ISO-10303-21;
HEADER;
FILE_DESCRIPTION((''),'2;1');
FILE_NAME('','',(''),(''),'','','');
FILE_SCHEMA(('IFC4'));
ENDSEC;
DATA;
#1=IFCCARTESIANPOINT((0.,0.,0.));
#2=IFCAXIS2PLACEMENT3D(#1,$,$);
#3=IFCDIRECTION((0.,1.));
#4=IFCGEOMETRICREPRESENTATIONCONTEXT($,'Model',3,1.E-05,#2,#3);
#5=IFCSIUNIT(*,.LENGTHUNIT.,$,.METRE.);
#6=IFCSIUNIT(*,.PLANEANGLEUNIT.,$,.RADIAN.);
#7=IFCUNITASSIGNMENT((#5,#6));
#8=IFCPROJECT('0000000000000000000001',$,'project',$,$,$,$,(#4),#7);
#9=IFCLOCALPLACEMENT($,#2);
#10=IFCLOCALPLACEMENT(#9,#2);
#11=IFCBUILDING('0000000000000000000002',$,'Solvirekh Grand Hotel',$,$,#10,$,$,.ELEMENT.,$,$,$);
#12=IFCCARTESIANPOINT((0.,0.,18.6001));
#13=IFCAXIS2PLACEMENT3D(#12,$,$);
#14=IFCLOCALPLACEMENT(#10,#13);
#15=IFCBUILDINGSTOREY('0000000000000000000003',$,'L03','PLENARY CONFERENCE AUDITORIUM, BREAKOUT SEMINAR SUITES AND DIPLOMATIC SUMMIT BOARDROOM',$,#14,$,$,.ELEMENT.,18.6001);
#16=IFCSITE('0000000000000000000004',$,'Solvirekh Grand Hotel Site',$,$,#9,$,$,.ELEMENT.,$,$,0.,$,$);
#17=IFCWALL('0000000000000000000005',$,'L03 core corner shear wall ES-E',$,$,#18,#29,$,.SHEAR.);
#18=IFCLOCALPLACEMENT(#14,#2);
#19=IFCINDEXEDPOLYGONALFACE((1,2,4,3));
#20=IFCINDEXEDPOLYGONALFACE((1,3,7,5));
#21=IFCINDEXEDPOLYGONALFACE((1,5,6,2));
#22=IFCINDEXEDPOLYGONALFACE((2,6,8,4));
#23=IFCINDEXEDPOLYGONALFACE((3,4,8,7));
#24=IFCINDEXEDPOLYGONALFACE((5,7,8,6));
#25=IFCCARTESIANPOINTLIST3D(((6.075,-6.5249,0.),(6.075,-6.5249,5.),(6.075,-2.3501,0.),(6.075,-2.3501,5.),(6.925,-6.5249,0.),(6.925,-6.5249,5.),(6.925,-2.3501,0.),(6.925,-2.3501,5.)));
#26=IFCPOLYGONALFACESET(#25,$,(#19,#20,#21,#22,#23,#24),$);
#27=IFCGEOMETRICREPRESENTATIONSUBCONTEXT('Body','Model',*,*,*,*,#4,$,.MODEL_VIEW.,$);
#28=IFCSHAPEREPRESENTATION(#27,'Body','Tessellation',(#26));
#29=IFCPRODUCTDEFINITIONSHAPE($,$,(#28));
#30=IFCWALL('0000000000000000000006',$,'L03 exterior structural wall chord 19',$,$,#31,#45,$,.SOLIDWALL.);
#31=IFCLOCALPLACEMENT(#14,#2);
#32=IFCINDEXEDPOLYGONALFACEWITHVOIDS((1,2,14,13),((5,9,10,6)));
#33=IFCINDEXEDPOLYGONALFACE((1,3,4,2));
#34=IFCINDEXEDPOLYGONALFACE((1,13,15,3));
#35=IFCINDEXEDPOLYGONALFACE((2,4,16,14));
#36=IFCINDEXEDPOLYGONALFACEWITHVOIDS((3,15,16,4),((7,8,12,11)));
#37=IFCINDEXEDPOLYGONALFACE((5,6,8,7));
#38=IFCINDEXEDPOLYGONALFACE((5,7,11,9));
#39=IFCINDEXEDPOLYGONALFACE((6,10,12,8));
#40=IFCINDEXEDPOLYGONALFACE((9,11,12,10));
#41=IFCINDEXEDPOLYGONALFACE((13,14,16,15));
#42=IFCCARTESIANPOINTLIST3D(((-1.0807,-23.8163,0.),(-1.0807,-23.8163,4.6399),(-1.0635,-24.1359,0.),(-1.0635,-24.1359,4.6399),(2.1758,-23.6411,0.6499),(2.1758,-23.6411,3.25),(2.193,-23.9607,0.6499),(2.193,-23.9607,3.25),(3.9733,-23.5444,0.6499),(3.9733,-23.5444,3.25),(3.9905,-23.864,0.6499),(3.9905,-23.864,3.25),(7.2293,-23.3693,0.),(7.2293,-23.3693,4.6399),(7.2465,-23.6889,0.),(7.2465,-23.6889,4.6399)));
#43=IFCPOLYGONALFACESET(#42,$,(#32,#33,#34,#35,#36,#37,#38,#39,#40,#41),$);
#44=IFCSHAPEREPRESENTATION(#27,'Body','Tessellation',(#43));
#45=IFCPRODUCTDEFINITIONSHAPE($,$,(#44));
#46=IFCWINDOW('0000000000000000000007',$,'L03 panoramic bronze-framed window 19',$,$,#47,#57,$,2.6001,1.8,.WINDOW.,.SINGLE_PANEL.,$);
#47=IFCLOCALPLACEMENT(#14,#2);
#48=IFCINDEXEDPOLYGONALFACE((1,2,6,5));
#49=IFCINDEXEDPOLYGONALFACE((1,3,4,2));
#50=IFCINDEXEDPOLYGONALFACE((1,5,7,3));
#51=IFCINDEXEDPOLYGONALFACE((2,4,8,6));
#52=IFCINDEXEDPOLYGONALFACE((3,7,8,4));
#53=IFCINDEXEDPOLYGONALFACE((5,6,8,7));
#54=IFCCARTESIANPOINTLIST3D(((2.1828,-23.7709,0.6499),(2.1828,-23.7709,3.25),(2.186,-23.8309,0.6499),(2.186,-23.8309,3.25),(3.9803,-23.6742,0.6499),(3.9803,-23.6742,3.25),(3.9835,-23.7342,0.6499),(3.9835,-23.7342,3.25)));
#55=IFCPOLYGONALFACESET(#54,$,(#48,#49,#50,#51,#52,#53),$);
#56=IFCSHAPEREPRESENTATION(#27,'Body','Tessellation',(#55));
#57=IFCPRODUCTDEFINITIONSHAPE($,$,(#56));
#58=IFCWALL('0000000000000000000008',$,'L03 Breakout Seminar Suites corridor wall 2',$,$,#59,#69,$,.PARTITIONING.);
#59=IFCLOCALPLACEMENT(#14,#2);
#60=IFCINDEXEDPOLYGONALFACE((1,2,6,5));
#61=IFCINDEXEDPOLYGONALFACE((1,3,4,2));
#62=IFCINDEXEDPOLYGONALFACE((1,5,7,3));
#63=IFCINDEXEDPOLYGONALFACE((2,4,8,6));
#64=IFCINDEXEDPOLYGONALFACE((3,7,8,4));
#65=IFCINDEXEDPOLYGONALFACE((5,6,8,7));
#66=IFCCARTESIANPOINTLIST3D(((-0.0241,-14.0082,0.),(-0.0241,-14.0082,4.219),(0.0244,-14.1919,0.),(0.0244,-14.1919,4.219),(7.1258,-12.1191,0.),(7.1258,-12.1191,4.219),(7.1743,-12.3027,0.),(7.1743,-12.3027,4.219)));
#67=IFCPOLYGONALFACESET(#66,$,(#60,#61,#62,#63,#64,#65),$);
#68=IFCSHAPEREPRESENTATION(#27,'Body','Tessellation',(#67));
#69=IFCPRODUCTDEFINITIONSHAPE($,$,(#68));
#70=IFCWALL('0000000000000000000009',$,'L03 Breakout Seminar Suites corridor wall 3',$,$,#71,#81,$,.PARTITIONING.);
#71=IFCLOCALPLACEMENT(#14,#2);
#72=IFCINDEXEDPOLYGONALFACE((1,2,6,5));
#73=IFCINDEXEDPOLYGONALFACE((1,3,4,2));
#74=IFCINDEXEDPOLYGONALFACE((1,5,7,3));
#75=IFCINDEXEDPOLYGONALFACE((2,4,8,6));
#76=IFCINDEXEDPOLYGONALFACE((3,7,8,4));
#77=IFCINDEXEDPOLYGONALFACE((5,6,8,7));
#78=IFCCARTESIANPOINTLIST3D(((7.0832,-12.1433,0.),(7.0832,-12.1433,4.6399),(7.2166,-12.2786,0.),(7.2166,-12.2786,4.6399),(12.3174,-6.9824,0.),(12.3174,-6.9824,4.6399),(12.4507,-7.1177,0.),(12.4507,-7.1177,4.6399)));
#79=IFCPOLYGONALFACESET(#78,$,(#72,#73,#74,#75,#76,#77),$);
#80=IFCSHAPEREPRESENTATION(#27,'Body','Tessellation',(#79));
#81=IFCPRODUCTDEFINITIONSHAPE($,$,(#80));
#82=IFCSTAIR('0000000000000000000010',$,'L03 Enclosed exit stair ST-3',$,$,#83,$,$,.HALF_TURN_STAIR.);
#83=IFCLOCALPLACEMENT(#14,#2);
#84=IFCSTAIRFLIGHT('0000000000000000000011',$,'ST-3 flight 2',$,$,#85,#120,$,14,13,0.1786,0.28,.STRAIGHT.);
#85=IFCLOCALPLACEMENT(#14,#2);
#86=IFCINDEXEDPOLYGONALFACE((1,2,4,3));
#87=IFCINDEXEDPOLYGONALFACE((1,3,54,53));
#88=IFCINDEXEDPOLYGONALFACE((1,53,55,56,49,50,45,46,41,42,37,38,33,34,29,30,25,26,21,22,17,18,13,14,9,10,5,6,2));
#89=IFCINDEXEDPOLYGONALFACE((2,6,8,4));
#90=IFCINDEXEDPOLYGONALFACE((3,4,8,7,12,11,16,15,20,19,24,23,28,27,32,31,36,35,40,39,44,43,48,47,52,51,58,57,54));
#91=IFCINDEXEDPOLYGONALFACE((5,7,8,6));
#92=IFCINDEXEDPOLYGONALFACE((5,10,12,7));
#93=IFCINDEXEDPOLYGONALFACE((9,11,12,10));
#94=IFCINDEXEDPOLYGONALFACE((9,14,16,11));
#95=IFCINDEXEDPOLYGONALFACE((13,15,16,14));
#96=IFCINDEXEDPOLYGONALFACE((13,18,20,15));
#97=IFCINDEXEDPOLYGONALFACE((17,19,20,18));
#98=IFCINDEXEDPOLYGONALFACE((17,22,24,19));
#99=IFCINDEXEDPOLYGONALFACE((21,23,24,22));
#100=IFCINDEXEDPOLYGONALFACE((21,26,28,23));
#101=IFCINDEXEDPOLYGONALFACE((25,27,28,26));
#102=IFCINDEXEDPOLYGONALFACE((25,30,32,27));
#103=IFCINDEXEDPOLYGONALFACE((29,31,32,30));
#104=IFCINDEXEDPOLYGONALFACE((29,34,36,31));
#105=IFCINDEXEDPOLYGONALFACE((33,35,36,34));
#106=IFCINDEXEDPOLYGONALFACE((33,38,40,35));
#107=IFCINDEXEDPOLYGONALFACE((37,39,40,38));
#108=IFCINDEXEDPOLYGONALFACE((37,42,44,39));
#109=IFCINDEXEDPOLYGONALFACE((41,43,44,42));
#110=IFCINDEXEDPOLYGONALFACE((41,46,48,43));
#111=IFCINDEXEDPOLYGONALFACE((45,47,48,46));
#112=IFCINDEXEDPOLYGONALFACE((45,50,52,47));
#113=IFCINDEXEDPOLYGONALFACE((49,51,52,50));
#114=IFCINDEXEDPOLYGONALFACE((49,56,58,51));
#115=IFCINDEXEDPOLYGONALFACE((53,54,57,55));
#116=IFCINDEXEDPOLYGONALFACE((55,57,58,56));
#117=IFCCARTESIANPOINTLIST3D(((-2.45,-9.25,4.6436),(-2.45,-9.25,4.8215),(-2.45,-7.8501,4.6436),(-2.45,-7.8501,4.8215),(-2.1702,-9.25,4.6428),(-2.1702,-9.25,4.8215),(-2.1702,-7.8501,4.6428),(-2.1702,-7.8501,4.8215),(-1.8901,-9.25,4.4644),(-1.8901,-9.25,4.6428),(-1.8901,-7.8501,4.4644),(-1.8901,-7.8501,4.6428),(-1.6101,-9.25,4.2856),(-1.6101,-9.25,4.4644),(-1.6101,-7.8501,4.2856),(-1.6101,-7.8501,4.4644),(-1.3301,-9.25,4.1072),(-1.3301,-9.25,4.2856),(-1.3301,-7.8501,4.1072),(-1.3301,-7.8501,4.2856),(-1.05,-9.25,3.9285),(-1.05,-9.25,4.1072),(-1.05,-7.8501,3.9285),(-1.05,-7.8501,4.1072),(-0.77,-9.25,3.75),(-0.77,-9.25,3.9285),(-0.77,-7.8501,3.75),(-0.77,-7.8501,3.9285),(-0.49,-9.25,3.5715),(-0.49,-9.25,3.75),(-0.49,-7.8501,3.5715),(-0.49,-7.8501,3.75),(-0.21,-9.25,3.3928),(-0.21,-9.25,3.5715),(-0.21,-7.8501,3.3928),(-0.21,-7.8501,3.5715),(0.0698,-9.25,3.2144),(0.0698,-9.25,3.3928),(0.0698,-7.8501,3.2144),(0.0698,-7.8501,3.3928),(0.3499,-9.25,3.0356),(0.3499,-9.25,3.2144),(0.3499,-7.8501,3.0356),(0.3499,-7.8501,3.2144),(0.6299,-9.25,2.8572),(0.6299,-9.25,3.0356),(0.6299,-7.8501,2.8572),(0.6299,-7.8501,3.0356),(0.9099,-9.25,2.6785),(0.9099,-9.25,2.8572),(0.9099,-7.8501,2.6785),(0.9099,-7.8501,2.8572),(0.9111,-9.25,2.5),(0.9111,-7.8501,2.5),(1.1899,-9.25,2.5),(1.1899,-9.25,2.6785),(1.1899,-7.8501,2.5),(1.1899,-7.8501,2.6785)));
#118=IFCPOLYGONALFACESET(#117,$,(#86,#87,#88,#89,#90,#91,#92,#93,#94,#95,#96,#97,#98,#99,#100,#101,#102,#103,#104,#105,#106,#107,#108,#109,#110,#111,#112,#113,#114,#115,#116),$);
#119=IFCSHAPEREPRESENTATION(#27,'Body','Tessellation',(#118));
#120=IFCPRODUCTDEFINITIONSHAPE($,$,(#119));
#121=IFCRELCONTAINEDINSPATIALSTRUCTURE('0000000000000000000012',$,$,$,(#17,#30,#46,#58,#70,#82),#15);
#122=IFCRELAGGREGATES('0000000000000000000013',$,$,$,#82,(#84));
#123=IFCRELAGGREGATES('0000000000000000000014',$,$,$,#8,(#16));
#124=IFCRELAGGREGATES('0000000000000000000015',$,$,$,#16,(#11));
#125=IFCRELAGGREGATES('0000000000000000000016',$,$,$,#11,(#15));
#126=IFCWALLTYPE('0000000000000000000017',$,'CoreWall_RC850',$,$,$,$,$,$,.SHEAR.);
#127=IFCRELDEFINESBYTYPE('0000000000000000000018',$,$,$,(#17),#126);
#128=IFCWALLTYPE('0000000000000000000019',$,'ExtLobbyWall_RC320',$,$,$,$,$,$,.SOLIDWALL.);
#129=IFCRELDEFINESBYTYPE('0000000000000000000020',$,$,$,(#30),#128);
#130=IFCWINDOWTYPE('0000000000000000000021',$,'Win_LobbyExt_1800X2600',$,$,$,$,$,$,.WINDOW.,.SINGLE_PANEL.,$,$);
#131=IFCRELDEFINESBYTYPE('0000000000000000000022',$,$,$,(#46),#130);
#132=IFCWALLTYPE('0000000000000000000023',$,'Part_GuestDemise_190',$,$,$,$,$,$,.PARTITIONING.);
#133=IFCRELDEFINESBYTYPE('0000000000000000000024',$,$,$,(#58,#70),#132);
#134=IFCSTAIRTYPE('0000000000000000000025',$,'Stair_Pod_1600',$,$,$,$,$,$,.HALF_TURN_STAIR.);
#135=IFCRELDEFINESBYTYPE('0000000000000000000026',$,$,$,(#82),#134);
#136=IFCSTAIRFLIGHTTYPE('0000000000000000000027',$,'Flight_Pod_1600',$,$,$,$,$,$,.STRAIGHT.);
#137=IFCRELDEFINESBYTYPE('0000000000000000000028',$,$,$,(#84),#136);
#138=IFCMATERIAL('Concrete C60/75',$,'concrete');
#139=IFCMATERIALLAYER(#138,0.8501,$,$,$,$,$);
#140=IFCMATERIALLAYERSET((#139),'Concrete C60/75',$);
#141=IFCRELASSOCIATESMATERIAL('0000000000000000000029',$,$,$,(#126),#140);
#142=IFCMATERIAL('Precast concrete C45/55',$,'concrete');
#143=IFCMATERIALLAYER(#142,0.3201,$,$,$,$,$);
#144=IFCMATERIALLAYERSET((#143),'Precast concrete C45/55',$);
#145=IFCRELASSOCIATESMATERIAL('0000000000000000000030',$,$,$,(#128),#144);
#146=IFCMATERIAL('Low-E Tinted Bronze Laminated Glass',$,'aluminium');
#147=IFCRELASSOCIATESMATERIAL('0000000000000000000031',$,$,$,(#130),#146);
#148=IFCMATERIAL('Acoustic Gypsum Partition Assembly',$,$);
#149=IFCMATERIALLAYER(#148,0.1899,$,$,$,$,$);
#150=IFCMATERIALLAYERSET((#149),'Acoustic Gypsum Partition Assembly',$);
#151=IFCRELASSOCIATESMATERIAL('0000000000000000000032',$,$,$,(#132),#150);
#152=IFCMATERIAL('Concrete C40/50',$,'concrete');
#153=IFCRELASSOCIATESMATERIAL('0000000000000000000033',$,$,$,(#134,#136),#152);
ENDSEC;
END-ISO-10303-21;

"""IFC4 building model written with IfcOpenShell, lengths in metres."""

from ifc_helpers import new_model, si_unit, direction, frame, frame_2d, origin, place, context, subcontext, project, spatial, polyline, rectangle, outline, extrude, material, layer, layer_set, type_object, element, fill, aggregate, save


model = new_model("IFC4")

# Units and contexts
model_context = context("Model", 3, precision=1e-05, world=origin(), true_north=direction((0.0, 1.0)))
body_context = subcontext(model_context, "Body", "Model", "MODEL_VIEW")
ifc_project = project(units=[si_unit("LENGTHUNIT", "METRE"), si_unit("PLANEANGLEUNIT", "RADIAN")], contexts=[model_context])

# Site, building, storey
site_placement = place(None, origin())
site = spatial("IfcSite", under=ifc_project, at=site_placement, Name="Solvirekh Grand Hotel Site", CompositionType="ELEMENT", RefElevation=0.0)
building_placement = place(site_placement, origin())
building = spatial("IfcBuilding", under=site, at=building_placement, Name="Solvirekh Grand Hotel", CompositionType="ELEMENT")
storey_placement = place(building_placement, frame((0.0, 0.0, 18.6001)))
storey = spatial("IfcBuildingStorey", under=building, at=storey_placement, Name="L03", Description="PLENARY CONFERENCE AUDITORIUM, BREAKOUT SEMINAR SUITES AND DIPLOMATIC SUMMIT BOARDROOM", CompositionType="ELEMENT", Elevation=18.6001)

# Shared definitions
ifc_material_1 = material(Name="Concrete C60/75", Category="concrete")

# Shared definitions
ifc_material_2 = material(Name="Low-E Tinted Bronze Laminated Glass", Category="aluminium")

# Wall
ifc_layer_1 = layer(ifc_material_1, 0.8501)
ifc_layer_set_1 = layer_set([ifc_layer_1], Name="Concrete C60/75")
wall_type_1 = type_object("IfcWallType", Name="CoreWall_RC850", PredefinedType="SHEAR", material=ifc_layer_set_1)
wall_1_placement = place(storey_placement, frame((6.5, -6.5249, 0.0), z_axis=(0.0, 0.0, 1.0), x_axis=(0.0, 1.0, 0.0)))
element("IfcWall", 1, at=wall_1_placement, inside=storey, type_object=wall_type_1, Name="L03 core corner shear wall ES-E", PredefinedType="SHEAR", context=body_context, shape_type="SweptSolid", body=[
    extrude(rectangle(XDim=4.1748, YDim=0.8501, at=frame_2d((2.0874, 0.0))), origin(), (0.0, 0.0, 1.0), 5.0),
])

# Wall, opening, window
ifc_material_3 = material(Name="Precast concrete C45/55", Category="concrete")
ifc_layer_2 = layer(ifc_material_3, 0.3201)
ifc_layer_set_2 = layer_set([ifc_layer_2], Name="Precast concrete C45/55")
wall_type_2 = type_object("IfcWallType", Name="ExtLobbyWall_RC320", PredefinedType="SOLIDWALL", material=ifc_layer_set_2)
wall_2_placement = place(storey_placement, frame((7.238, -23.5291, 0.0), z_axis=(0.0, 0.0, 1.0), x_axis=(-0.998556, -0.053715, 0.0)))
wall_2 = element("IfcWall", 2, at=wall_2_placement, inside=storey, type_object=wall_type_2, Name="L03 exterior structural wall chord 19", PredefinedType="SOLIDWALL", context=body_context, shape_type="SweptSolid", body=[
    extrude(rectangle(XDim=8.322, YDim=0.3201, at=frame_2d((4.1611, 0.0))), origin(), (0.0, 0.0, 1.0), 4.6399),
])
opening_placement = place(wall_2_placement, frame((3.261, 0.0, 0.6499)))
opening = element("IfcOpeningElement", 3, at=opening_placement, cuts=wall_2, PredefinedType="OPENING", context=body_context, shape_type="SweptSolid", body=[
    extrude(rectangle(XDim=1.8, YDim=2.6001, at=frame_2d((0.8999, 1.3))), frame((0.0, 0.1699, 0.0), z_axis=(0.0, -1.0, 0.0), x_axis=(1.0, 0.0, 0.0)), (0.0, 0.0, 1.0), 0.3401),
])
window_type = type_object("IfcWindowType", Name="Win_LobbyExt_1800X2600", PartitioningType="SINGLE_PANEL", PredefinedType="WINDOW", material=ifc_material_2)
window_placement = place(opening_placement, origin())
window = element("IfcWindow", 4, at=window_placement, inside=storey, type_object=window_type, Name="L03 panoramic bronze-framed window 19", OverallHeight=2.6001, OverallWidth=1.8, PartitioningType="SINGLE_PANEL", PredefinedType="WINDOW", context=body_context, shape_type="SweptSolid", body=[
    extrude(rectangle(XDim=1.8, YDim=2.6001, at=frame_2d((0.8999, 1.3))), frame((0.0, 0.03, 0.0), z_axis=(0.0, -1.0, 0.0), x_axis=(1.0, 0.0, 0.0)), (0.0, 0.0, 1.0), 0.0601),
])
fill(opening, window)

# Walls
ifc_material_4 = material(Name="Acoustic Gypsum Partition Assembly")
ifc_layer_3 = layer(ifc_material_4, 0.1899)
ifc_layer_set_3 = layer_set([ifc_layer_3], Name="Acoustic Gypsum Partition Assembly")
wall_type_3 = type_object("IfcWallType", Name="Part_GuestDemise_190", PredefinedType="PARTITIONING", material=ifc_layer_set_3)
wall_3_placement = place(storey_placement, frame((0.0, -14.1001, 0.0), z_axis=(0.0, 0.0, 1.0), x_axis=(0.966821, 0.255455, 0.0)))
element("IfcWall", 5, at=wall_3_placement, inside=storey, type_object=wall_type_3, Name="L03 Breakout Seminar Suites corridor wall 2", PredefinedType="PARTITIONING", context=body_context, shape_type="SweptSolid", body=[
    extrude(rectangle(XDim=7.3953, YDim=0.1899, at=frame_2d((3.6978, 0.0))), origin(), (0.0, 0.0, 1.0), 4.219),
])
wall_4_placement = place(storey_placement, frame((7.1499, -12.2109, 0.0), z_axis=(0.0, 0.0, 1.0), x_axis=(0.712071, 0.702107, 0.0)))
element("IfcWall", 6, at=wall_4_placement, inside=storey, type_object=wall_type_3, Name="L03 Breakout Seminar Suites corridor wall 3", PredefinedType="PARTITIONING", context=body_context, shape_type="SweptSolid", body=[
    extrude(rectangle(XDim=7.3506, YDim=0.1899, at=frame_2d((3.6753, 0.0))), origin(), (0.0, 0.0, 1.0), 4.6399),
])

# Stair, stair flight
ifc_material_5 = material(Name="Concrete C40/50", Category="concrete")
stair_type = type_object("IfcStairType", Name="Stair_Pod_1600", PredefinedType="HALF_TURN_STAIR", material=ifc_material_5)
stair_placement = place(storey_placement, origin())
stair = element("IfcStair", 7, at=stair_placement, inside=storey, type_object=stair_type, Name="L03 Enclosed exit stair ST-3", PredefinedType="HALF_TURN_STAIR")
stair_flight_type = type_object("IfcStairFlightType", Name="Flight_Pod_1600", PredefinedType="STRAIGHT", material=ifc_material_5)
stair_flight_placement = place(storey_placement, frame((1.1899, -8.55, 2.5), z_axis=(0.0, 0.0, 1.0), x_axis=(-1.0, 0.0, 0.0)))
stair_flight = element("IfcStairFlight", 8, at=stair_flight_placement, type_object=stair_flight_type, Name="ST-3 flight 2", NumberOfRisers=14, NumberOfTreads=13, PredefinedType="STRAIGHT", RiserHeight=0.1786, TreadLength=0.28, context=body_context, shape_type="SweptSolid", body=[
    extrude(outline(polyline([(0.0, 0.0), (0.0, 0.1785), (0.28, 0.1785), (0.28, 0.3572), (0.5601, 0.3572), (0.5601, 0.5356), (0.8401, 0.5356), (0.8401, 0.7144), (1.1201, 0.7144), (1.1201, 0.8928), (1.3999, 0.8928), (1.3999, 1.0715), (1.6799, 1.0715), (1.6799, 1.25), (1.96, 1.25), (1.96, 1.4285), (2.24, 1.4285), (2.24, 1.6072), (2.52, 1.6072), (2.52, 1.7856), (2.8, 1.7856), (2.8, 1.9644), (3.0801, 1.9644), (3.0801, 2.1428), (3.3601, 2.1428), (3.3601, 2.3215), (3.6399, 2.3215), (3.6399, 2.5), (3.6399, 2.1436), (0.2788, 0.0), (0.0, 0.0)])), frame((0.0, 0.7, 0.0), z_axis=(0.0, -1.0, 0.0), x_axis=(1.0, 0.0, 0.0)), (0.0, 0.0, 1.0), 1.3999),
])
aggregate(stair, [stair_flight])

save(model, "model.ifc")
